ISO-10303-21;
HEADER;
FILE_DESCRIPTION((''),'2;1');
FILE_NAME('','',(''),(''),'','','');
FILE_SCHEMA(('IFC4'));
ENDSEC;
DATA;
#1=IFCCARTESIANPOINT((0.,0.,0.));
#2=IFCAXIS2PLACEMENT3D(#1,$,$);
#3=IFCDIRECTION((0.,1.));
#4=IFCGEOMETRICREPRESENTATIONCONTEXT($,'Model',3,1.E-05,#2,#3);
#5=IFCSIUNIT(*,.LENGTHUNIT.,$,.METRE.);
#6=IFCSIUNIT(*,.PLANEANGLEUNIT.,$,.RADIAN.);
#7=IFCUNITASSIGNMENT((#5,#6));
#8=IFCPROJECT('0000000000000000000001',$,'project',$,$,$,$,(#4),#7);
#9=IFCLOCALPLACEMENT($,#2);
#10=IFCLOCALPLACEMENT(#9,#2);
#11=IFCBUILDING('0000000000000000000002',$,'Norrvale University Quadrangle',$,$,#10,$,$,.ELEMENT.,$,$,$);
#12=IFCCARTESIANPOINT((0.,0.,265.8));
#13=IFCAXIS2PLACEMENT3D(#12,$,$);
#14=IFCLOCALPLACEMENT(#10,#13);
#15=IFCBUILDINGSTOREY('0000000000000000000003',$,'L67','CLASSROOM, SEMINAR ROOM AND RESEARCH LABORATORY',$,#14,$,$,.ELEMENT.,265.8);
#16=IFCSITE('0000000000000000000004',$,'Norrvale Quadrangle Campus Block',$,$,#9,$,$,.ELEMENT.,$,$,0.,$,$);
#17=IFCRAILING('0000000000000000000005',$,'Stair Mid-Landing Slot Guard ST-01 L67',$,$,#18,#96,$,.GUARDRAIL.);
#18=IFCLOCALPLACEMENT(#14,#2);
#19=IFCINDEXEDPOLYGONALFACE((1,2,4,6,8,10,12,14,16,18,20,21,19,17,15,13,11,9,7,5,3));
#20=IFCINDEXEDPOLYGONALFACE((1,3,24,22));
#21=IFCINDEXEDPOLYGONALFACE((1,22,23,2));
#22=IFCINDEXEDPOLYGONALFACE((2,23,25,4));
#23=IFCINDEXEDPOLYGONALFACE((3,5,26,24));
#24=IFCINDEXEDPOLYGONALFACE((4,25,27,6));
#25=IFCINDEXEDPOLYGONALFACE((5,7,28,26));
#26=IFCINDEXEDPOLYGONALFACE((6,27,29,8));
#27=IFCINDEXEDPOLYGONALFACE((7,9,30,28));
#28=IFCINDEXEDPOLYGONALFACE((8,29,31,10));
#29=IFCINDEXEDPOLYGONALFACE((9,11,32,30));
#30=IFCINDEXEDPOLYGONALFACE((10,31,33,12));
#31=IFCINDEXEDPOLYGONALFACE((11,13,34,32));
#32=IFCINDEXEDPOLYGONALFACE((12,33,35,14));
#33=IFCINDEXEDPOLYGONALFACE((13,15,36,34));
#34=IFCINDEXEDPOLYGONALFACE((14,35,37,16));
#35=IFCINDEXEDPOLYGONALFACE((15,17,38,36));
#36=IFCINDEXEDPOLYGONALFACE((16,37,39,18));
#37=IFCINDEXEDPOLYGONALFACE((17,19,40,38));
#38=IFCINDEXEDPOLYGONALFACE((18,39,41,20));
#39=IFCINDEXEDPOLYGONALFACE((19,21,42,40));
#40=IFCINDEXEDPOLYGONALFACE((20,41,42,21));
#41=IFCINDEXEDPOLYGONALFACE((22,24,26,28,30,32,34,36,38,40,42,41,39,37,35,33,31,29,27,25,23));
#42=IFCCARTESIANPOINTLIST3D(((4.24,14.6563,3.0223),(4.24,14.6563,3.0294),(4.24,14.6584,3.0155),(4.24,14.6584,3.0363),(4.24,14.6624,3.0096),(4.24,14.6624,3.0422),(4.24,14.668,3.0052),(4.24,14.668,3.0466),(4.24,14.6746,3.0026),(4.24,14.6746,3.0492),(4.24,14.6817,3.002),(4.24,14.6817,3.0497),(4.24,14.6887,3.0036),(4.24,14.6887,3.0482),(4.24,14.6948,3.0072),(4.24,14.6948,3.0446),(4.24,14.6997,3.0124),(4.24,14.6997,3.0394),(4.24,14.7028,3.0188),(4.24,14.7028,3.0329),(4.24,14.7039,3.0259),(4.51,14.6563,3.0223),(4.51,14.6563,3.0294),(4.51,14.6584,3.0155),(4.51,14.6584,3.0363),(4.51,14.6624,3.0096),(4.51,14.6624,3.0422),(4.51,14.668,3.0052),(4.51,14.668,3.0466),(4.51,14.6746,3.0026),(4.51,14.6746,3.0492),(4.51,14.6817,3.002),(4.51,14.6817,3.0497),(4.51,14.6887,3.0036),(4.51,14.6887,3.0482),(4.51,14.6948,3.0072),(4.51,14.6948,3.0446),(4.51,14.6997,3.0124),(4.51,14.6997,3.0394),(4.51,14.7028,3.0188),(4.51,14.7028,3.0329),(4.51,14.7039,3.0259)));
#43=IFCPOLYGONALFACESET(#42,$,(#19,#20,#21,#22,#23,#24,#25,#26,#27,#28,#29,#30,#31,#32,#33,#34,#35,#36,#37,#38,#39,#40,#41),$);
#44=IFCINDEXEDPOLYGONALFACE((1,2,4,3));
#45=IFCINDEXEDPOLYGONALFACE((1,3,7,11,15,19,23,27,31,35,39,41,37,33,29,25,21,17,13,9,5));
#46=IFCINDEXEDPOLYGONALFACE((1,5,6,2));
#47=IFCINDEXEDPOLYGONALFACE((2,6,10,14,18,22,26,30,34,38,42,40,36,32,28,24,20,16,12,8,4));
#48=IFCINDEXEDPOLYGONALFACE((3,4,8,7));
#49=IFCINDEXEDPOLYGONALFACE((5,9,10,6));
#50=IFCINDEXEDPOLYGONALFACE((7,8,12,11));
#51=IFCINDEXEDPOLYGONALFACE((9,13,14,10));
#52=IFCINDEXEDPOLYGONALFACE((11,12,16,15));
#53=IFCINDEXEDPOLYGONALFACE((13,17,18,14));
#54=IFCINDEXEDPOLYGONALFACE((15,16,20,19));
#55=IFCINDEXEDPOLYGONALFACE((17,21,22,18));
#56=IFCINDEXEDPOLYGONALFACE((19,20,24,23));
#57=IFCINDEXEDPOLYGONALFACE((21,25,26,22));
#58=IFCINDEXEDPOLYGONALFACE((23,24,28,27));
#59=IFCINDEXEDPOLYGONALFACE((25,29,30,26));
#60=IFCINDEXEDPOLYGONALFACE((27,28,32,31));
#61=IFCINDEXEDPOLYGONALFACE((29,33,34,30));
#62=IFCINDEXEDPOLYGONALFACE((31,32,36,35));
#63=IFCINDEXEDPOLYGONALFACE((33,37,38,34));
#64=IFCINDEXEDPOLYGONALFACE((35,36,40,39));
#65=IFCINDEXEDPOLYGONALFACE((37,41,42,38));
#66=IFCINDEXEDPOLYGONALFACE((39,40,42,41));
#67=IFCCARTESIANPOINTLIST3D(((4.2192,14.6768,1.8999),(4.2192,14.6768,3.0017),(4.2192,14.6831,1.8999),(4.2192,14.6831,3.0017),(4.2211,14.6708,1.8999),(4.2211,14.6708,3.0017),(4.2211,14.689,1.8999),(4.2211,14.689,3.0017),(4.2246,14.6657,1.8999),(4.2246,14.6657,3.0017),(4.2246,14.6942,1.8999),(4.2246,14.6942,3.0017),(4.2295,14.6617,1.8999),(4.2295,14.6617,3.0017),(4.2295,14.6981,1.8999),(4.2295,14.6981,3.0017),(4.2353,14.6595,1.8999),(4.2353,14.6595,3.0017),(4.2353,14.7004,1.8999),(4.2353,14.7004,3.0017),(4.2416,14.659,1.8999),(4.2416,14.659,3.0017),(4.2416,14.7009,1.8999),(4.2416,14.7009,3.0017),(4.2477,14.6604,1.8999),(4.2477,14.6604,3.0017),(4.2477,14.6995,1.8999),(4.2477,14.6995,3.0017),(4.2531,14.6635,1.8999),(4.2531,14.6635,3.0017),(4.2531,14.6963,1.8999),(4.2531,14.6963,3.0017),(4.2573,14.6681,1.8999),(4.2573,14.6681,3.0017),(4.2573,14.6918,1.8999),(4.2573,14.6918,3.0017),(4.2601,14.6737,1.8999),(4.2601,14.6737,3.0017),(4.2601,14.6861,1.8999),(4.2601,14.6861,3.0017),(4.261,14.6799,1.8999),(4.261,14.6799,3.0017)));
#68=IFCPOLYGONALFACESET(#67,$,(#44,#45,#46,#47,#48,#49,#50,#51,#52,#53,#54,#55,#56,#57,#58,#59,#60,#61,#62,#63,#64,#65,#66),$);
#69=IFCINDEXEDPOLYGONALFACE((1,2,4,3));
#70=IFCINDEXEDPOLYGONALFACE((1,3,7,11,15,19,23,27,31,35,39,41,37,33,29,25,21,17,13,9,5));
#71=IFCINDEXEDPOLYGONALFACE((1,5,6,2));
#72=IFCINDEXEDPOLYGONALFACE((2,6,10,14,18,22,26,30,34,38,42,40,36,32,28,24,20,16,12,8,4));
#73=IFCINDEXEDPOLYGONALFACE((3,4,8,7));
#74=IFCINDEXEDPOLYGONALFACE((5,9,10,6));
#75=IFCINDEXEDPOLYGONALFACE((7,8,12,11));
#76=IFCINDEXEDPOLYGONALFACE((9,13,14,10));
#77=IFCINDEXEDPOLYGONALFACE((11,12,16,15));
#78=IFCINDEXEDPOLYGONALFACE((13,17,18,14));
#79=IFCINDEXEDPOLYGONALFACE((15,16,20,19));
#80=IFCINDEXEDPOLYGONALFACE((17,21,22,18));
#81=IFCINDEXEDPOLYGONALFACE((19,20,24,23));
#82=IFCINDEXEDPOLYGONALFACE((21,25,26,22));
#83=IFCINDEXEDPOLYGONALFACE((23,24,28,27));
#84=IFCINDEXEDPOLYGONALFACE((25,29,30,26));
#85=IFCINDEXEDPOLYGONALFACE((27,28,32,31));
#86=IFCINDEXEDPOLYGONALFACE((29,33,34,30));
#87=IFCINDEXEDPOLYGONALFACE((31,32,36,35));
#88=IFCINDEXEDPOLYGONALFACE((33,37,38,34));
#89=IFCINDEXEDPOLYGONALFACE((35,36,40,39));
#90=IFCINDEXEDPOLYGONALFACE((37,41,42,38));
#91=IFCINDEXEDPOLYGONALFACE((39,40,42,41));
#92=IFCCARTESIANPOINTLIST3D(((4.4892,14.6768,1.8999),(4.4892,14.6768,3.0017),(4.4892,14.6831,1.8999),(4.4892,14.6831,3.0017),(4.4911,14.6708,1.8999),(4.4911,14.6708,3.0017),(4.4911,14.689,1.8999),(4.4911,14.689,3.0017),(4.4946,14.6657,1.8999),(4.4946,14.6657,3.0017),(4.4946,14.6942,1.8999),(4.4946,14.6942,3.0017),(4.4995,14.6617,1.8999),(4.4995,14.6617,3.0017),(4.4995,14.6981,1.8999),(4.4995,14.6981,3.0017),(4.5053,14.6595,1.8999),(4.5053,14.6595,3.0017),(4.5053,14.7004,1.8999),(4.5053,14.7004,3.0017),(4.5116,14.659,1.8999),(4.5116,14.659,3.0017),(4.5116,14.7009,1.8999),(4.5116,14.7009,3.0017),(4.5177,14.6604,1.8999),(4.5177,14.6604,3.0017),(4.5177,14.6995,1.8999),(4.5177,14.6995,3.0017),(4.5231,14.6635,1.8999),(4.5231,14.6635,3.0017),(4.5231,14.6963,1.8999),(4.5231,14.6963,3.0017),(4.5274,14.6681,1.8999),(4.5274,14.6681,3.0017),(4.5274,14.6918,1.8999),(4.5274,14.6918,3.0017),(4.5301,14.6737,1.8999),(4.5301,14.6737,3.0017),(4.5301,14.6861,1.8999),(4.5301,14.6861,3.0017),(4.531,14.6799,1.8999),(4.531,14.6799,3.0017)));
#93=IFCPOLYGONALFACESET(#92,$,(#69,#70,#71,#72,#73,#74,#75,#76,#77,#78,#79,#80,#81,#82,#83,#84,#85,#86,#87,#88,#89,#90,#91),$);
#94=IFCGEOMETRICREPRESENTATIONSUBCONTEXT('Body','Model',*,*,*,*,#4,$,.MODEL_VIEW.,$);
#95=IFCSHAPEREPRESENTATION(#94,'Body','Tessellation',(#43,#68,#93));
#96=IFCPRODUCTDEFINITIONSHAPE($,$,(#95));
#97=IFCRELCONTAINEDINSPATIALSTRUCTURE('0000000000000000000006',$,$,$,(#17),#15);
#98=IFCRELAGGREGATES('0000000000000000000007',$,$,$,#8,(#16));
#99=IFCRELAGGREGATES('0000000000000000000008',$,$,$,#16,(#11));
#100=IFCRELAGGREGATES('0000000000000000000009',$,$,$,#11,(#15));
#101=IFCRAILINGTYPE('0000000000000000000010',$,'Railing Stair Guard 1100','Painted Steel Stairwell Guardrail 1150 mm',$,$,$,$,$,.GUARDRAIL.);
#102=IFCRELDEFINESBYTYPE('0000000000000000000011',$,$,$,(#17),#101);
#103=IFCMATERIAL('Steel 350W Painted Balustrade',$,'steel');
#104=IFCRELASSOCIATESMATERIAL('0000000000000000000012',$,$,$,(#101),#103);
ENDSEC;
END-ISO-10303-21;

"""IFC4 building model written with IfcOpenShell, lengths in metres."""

from ifc_helpers import new_model, si_unit, direction, frame, origin, origin_2d, place, context, subcontext, project, spatial, circle, extrude, material, type_object, element, save


model = new_model("IFC4")

# Units and contexts
model_context = context("Model", 3, precision=1e-05, world=origin(), true_north=direction((0.0, 1.0)))
body_context = subcontext(model_context, "Body", "Model", "MODEL_VIEW")
ifc_project = project(units=[si_unit("LENGTHUNIT", "METRE"), si_unit("PLANEANGLEUNIT", "RADIAN")], contexts=[model_context])

# Site, building, storey
site_placement = place(None, origin())
site = spatial("IfcSite", under=ifc_project, at=site_placement, Name="Norrvale Quadrangle Campus Block", CompositionType="ELEMENT", RefElevation=0.0)
building_placement = place(site_placement, origin())
building = spatial("IfcBuilding", under=site, at=building_placement, Name="Norrvale University Quadrangle", CompositionType="ELEMENT")
storey_placement = place(building_placement, frame((0.0, 0.0, 265.8)))
storey = spatial("IfcBuildingStorey", under=building, at=storey_placement, Name="L67", Description="CLASSROOM, SEMINAR ROOM AND RESEARCH LABORATORY", CompositionType="ELEMENT", Elevation=265.8)

# Railing
ifc_material_1 = material(Name="Steel 350W Painted Balustrade", Category="steel")
railing_type_1 = type_object("IfcRailingType", Name="Railing Stair Guard 1100", Description="Painted Steel Stairwell Guardrail 1150 mm", PredefinedType="GUARDRAIL", material=ifc_material_1)
for number, where, name in (
    (1, (4.24, 14.6799, 1.8999), "Stair Mid-Landing Slot Guard ST-01 L67"),
):
    element("IfcRailing", number, at=place(storey_placement, frame(where)), inside=storey, type_object=railing_type_1, Name=name, PredefinedType="GUARDRAIL", context=body_context, shape_type="SweptSolid", body=[
        extrude(circle(Radius=0.0239, at=origin_2d()), frame((0.0, 0.0, 1.126), z_axis=(1.0, 0.0, 0.0), x_axis=(0.0, 1.0, 0.0)), (0.0, 0.0, 1.0), 0.27),
        extrude(circle(Radius=0.021, at=origin_2d()), origin(), (0.0, 0.0, 1.0), 1.1018),
        extrude(circle(Radius=0.021, at=origin_2d()), frame((0.27, 0.0, 0.0)), (0.0, 0.0, 1.0), 1.1018),
    ])

save(model, "model.ifc")
